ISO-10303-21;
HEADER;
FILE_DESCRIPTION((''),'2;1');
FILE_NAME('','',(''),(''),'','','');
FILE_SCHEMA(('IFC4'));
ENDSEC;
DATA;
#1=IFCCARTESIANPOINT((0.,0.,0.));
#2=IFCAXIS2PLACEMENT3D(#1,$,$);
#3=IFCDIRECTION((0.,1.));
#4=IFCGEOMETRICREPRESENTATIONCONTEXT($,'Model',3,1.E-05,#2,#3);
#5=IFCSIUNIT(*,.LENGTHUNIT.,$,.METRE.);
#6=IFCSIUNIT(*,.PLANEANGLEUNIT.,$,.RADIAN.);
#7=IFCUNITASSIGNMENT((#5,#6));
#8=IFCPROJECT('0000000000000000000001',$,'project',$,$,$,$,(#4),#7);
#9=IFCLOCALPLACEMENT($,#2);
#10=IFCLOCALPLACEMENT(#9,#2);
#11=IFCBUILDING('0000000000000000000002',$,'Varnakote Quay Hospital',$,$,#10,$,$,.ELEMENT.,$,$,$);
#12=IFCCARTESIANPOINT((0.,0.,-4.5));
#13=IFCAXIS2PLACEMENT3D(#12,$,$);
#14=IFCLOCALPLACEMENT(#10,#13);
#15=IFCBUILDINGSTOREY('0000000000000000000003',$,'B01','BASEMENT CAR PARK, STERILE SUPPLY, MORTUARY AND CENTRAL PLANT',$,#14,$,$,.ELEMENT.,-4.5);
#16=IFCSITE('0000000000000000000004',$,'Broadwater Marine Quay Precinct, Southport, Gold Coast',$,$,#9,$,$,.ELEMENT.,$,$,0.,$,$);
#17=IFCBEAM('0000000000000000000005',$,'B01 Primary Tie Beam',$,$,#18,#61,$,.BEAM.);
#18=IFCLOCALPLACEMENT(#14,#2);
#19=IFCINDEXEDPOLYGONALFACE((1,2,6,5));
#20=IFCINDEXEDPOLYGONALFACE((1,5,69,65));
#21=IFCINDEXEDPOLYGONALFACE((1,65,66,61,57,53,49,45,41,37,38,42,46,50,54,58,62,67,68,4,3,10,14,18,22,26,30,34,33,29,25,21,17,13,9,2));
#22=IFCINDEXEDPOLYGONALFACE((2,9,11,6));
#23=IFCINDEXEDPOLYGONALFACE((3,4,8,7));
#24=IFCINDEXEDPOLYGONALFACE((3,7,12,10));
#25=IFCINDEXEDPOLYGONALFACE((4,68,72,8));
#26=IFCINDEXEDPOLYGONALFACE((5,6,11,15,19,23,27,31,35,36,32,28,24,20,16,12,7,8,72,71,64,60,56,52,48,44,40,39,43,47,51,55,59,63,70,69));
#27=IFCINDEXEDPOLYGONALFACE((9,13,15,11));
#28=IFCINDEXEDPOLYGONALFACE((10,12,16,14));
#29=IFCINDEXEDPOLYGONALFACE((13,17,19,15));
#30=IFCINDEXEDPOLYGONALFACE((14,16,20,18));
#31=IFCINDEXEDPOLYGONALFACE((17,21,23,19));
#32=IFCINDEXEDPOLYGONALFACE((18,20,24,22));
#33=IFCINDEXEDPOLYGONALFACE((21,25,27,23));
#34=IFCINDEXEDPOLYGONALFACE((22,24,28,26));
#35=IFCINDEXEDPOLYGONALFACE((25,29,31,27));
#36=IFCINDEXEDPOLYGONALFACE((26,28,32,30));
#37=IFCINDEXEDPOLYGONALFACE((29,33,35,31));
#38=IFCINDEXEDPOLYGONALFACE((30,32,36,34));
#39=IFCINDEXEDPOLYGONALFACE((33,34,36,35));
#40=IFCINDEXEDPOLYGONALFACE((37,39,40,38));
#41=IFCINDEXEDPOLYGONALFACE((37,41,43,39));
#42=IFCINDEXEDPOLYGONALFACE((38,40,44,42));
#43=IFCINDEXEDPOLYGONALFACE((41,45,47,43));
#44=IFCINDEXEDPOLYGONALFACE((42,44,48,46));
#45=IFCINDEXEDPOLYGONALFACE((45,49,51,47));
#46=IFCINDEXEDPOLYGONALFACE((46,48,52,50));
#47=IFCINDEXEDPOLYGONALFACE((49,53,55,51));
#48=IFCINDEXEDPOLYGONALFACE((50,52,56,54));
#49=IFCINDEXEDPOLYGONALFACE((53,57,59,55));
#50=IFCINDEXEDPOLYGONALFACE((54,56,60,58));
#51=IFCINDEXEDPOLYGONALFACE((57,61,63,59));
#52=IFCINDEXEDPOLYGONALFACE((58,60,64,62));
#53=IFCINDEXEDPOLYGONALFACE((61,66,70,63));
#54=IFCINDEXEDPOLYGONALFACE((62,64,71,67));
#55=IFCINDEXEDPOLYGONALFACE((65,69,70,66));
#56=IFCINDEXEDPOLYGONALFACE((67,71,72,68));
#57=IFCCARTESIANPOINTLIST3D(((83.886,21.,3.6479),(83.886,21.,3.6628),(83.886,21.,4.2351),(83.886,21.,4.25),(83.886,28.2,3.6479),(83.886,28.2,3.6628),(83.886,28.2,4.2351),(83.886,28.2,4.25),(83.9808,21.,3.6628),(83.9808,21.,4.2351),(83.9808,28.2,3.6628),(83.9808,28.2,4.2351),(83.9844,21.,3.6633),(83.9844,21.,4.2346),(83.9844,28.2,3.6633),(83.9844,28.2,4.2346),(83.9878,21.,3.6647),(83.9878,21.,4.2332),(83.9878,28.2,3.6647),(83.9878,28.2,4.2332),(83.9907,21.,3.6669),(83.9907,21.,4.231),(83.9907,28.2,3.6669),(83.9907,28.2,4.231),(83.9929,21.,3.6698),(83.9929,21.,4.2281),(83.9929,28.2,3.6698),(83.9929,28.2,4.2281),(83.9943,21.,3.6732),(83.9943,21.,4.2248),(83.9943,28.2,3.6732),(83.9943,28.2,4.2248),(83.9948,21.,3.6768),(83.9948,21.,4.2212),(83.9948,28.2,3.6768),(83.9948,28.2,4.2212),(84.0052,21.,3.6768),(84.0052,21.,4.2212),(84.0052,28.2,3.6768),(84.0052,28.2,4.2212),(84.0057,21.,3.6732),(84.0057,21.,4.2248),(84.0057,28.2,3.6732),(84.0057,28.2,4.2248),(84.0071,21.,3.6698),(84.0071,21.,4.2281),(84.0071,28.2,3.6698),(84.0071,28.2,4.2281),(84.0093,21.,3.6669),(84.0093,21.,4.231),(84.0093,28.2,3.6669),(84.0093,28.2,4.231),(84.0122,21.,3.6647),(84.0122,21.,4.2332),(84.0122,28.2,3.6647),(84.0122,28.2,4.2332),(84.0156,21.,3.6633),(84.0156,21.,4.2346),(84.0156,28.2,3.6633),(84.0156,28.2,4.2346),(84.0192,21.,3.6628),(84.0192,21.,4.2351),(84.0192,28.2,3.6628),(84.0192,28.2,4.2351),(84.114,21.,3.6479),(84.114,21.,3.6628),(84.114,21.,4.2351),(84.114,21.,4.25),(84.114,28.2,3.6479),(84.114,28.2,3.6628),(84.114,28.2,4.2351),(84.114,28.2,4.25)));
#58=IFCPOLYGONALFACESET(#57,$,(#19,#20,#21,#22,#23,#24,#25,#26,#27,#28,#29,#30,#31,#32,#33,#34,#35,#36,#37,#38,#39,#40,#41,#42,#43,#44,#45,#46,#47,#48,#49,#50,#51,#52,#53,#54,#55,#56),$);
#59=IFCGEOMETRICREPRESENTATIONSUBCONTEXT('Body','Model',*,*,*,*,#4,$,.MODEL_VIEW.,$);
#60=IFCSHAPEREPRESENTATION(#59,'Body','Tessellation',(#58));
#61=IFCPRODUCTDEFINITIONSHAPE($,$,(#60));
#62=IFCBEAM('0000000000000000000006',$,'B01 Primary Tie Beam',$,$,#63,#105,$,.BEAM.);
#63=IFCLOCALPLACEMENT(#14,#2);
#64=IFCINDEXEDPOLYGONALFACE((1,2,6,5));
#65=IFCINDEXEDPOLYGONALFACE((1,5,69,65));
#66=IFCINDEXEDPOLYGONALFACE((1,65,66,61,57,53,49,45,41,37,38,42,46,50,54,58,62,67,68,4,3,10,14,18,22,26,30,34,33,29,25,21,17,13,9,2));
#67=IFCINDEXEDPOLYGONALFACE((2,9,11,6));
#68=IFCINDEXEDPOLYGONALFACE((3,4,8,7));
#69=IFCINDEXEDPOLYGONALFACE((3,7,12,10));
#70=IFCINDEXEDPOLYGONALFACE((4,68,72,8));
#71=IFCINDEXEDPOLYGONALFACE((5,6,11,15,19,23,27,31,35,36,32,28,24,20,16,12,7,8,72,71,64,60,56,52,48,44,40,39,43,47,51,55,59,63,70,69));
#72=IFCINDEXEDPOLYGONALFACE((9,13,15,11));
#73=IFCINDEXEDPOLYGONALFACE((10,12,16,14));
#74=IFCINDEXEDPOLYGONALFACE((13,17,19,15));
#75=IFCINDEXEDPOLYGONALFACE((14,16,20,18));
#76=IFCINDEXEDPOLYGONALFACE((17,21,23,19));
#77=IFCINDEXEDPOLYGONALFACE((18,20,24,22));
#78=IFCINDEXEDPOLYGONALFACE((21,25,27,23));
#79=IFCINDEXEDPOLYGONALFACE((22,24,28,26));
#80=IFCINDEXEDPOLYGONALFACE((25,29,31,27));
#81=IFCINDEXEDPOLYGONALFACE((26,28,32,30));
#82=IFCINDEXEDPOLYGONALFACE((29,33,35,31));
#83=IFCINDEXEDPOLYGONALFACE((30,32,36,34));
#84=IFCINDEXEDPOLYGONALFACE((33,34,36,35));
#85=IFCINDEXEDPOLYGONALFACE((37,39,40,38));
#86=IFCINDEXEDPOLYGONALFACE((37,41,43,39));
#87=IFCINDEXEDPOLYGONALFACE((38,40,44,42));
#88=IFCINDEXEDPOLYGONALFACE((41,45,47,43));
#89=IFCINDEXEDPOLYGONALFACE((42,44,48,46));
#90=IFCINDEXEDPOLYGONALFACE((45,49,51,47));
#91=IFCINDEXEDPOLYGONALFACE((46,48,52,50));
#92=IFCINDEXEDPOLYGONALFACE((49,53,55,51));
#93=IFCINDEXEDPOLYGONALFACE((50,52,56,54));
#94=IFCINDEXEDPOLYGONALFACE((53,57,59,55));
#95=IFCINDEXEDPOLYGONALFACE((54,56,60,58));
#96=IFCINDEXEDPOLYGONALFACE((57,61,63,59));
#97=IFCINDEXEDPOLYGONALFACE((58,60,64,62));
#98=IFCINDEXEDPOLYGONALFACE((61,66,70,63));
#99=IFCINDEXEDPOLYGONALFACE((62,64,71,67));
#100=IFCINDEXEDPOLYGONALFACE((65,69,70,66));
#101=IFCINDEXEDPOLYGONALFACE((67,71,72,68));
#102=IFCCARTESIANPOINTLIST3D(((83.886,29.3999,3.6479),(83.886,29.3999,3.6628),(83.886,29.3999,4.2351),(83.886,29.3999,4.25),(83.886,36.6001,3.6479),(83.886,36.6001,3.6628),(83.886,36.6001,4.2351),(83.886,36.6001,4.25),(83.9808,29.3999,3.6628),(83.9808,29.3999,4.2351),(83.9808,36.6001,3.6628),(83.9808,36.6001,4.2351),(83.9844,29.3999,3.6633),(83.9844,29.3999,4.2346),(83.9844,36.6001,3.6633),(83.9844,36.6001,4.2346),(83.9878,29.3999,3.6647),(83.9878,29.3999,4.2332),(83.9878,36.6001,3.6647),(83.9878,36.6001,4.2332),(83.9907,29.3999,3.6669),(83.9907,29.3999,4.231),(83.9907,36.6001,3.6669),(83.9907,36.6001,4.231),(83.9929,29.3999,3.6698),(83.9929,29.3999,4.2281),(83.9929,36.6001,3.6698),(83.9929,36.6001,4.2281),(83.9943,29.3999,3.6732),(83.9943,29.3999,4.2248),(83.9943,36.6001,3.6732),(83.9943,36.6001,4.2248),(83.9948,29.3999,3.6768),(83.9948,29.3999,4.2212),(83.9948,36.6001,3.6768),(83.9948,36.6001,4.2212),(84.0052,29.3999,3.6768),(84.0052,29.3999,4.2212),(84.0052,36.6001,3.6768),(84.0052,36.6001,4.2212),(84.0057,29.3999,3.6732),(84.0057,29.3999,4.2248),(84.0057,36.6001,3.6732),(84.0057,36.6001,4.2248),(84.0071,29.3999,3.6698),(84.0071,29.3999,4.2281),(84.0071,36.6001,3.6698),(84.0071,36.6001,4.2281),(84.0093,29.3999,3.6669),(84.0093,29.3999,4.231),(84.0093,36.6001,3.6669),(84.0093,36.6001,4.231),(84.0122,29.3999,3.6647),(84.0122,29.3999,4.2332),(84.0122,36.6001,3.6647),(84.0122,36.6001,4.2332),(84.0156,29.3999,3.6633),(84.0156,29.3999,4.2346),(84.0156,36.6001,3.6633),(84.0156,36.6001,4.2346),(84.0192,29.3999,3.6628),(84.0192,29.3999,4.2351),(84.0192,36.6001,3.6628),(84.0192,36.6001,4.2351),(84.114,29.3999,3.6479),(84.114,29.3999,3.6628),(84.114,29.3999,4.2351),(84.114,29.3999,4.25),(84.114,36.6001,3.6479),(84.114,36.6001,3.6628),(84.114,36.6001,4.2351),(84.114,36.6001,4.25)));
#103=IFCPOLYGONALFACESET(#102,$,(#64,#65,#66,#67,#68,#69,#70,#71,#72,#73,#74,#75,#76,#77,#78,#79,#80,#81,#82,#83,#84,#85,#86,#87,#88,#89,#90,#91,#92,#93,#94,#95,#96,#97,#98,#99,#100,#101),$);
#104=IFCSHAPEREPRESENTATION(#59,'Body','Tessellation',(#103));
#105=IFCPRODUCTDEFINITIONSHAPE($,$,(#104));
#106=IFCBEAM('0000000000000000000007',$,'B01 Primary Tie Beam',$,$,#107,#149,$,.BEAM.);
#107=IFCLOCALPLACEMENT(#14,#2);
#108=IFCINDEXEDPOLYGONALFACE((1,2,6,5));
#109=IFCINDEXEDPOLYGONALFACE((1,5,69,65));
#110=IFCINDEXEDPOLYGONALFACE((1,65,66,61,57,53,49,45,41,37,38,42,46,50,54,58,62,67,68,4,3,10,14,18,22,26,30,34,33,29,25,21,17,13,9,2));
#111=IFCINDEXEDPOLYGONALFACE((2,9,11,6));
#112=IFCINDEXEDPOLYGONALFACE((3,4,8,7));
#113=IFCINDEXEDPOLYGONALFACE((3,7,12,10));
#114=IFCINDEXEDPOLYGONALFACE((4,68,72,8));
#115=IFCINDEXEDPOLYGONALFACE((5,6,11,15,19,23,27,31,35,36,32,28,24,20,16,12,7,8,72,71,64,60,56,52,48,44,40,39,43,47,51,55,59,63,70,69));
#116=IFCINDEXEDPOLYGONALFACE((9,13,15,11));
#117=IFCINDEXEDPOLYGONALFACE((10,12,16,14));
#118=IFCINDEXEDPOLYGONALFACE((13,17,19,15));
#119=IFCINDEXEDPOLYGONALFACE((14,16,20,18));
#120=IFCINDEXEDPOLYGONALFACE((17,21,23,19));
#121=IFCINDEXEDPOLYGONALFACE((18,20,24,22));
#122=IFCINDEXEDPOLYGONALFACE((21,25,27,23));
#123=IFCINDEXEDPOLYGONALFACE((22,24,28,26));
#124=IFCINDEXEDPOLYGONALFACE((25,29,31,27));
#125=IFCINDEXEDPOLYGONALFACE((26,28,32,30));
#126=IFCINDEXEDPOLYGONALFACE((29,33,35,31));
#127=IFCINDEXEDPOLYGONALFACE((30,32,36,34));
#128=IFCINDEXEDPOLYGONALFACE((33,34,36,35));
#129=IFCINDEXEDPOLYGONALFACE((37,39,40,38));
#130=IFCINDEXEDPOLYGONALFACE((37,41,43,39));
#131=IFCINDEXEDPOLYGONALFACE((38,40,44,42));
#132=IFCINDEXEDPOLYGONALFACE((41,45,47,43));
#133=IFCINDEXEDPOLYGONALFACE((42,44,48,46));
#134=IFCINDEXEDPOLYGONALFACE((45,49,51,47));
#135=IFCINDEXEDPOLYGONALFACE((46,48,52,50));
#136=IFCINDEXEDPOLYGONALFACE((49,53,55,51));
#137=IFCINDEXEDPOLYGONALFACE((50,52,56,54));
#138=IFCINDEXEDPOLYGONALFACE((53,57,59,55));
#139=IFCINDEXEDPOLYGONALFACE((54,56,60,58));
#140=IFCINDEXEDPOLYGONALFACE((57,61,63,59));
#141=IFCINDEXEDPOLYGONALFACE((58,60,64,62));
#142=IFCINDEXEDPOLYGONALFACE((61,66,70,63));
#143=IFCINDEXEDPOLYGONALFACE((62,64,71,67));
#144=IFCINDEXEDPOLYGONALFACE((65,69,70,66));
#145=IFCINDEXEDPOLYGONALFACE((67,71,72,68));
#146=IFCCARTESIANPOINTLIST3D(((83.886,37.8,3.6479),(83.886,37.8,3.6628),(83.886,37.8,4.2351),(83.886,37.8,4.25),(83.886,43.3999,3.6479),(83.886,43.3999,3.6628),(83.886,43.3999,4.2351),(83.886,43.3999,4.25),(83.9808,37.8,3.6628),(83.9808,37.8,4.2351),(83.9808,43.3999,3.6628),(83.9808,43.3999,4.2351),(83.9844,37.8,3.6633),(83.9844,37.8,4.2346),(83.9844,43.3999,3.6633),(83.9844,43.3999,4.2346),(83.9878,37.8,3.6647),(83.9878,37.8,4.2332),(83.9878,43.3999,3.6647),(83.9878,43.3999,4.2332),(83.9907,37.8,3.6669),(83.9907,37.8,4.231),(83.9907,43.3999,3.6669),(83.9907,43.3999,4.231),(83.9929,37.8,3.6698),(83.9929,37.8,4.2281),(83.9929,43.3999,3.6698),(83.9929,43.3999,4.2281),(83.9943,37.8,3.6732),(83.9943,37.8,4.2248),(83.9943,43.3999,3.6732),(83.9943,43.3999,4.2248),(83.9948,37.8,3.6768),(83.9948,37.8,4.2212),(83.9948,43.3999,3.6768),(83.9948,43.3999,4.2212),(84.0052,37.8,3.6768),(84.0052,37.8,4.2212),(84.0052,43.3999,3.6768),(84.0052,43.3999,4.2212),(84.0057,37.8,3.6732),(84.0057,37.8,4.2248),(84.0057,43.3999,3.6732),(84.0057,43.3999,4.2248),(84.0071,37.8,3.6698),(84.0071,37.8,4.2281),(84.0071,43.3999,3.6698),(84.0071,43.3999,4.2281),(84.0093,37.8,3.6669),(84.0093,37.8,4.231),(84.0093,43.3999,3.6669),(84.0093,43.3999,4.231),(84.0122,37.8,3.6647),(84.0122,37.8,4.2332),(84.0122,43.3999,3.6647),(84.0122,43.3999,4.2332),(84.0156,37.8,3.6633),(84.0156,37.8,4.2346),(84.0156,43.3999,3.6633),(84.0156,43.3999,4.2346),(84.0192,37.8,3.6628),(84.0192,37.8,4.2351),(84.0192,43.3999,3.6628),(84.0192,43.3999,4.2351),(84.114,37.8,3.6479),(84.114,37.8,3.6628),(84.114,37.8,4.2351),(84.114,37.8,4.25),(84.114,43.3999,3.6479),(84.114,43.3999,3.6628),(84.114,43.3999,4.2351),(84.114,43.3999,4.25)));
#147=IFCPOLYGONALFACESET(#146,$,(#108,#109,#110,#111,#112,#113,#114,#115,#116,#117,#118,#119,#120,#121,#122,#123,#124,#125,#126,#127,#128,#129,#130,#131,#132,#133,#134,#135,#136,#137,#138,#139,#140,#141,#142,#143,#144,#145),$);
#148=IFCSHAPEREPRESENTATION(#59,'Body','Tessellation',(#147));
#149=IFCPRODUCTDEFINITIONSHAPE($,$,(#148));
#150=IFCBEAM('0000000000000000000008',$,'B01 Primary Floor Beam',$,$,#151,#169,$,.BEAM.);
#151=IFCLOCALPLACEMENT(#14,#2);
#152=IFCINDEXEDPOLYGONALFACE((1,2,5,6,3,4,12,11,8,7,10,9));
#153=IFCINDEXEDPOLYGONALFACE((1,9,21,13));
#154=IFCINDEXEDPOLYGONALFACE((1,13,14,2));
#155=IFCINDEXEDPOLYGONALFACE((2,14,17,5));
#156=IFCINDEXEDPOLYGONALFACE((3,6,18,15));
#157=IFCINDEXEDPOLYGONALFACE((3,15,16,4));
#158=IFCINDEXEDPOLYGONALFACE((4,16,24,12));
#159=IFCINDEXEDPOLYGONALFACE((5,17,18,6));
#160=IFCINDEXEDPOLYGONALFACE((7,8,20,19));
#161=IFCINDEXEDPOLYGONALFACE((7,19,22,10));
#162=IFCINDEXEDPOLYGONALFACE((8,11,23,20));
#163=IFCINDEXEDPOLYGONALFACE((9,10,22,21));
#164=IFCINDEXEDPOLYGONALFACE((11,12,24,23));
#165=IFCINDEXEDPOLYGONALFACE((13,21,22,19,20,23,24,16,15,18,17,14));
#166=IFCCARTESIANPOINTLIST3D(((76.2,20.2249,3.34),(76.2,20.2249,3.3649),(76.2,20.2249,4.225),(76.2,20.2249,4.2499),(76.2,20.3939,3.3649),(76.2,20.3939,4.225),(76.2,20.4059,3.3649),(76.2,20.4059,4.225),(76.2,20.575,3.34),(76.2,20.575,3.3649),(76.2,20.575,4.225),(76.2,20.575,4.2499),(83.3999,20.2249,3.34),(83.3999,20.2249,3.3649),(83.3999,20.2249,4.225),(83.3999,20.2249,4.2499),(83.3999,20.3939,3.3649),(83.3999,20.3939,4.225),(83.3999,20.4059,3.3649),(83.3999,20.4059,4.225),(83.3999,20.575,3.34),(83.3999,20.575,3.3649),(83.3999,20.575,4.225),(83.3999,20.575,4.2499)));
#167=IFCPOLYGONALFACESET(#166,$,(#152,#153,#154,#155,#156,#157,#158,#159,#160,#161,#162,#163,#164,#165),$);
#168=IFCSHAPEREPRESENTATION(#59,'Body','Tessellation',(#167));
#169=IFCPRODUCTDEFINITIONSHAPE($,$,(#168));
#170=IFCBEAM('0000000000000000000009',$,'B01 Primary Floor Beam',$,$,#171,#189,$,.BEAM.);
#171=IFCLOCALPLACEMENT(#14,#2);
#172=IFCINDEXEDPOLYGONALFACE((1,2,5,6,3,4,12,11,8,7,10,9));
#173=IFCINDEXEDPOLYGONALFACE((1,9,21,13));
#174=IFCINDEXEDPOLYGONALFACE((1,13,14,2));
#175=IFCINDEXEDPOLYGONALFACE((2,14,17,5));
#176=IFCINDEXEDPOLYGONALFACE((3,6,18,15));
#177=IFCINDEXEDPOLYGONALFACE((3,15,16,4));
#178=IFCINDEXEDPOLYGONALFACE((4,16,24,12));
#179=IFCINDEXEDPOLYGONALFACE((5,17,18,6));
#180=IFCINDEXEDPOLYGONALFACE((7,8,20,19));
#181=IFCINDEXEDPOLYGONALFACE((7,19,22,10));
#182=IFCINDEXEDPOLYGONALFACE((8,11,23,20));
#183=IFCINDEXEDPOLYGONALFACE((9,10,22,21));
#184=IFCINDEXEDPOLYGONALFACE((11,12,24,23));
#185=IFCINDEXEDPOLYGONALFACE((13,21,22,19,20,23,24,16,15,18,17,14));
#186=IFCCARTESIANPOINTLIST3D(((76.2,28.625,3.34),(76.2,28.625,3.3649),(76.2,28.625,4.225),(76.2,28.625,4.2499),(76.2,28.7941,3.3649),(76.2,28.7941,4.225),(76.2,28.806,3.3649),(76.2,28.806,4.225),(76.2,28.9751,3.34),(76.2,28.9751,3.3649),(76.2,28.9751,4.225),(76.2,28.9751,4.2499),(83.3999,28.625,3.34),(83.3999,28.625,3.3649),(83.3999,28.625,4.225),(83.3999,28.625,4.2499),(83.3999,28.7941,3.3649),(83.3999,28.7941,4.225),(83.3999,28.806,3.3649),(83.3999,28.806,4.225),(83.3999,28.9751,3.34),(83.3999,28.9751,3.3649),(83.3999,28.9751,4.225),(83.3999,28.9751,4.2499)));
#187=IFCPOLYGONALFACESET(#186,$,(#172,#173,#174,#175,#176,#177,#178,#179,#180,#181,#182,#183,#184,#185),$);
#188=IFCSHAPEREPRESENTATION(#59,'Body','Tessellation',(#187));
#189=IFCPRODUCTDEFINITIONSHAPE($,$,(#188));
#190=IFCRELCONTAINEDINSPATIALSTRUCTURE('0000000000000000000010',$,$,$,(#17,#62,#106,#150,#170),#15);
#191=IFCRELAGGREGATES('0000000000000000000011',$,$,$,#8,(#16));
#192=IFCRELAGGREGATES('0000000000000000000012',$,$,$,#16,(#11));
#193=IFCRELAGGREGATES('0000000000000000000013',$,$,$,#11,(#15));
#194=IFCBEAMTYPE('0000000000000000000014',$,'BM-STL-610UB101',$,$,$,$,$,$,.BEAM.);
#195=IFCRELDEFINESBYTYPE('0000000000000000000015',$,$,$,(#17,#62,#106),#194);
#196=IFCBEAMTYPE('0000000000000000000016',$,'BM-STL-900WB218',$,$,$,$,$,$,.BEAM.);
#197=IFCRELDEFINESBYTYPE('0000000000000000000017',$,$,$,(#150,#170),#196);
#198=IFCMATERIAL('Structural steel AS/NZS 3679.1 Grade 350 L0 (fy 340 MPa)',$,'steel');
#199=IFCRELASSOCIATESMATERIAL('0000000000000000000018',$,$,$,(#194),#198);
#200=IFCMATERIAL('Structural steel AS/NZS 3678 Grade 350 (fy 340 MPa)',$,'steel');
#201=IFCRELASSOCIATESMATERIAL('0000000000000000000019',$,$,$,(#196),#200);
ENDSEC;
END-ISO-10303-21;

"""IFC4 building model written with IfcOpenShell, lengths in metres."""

from ifc_helpers import new_model, si_unit, direction, frame, origin, origin_2d, place, context, subcontext, project, spatial, i_section, extrude, material, material_profile, profile_set, type_object, element, save


model = new_model("IFC4")

# Units and contexts
model_context = context("Model", 3, precision=1e-05, world=origin(), true_north=direction((0.0, 1.0)))
body_context = subcontext(model_context, "Body", "Model", "MODEL_VIEW")
ifc_project = project(units=[si_unit("LENGTHUNIT", "METRE"), si_unit("PLANEANGLEUNIT", "RADIAN")], contexts=[model_context])

# Site, building, storey
site_placement = place(None, origin())
site = spatial("IfcSite", under=ifc_project, at=site_placement, Name="Broadwater Marine Quay Precinct, Southport, Gold Coast", CompositionType="ELEMENT", RefElevation=0.0)
building_placement = place(site_placement, origin())
building = spatial("IfcBuilding", under=site, at=building_placement, Name="Varnakote Quay Hospital", CompositionType="ELEMENT")
storey_placement = place(building_placement, frame((0.0, 0.0, -4.5)))
storey = spatial("IfcBuildingStorey", under=building, at=storey_placement, Name="B01", Description="BASEMENT CAR PARK, STERILE SUPPLY, MORTUARY AND CENTRAL PLANT", CompositionType="ELEMENT", Elevation=-4.5)

# Beams
ifc_material_1 = material(Name="Structural steel AS/NZS 3679.1 Grade 350 L0 (fy 340 MPa)", Category="steel")
ifc_material_profile_1 = material_profile(ifc_material_1, i_section(OverallWidth=0.228, OverallDepth=0.6021, WebThickness=0.0105, FlangeThickness=0.0149, FilletRadius=0.0139, at=origin_2d()), Name="610UB101")
ifc_profile_set_1 = profile_set([ifc_material_profile_1], Name="Structural steel AS/NZS 3679.1 Grade 350 L0 (fy 340 MPa)")
beam_type_1 = type_object("IfcBeamType", Name="BM-STL-610UB101", PredefinedType="BEAM", material=ifc_profile_set_1)
beam_1_placement = place(storey_placement, frame((84.0, 21.0, 3.949), z_axis=(0.0, 1.0, 0.0), x_axis=(-1.0, 0.0, 0.0)))
element("IfcBeam", 1, at=beam_1_placement, inside=storey, type_object=beam_type_1, Name="B01 Primary Tie Beam", PredefinedType="BEAM", context=body_context, shape_type="SweptSolid", body=[
    extrude(i_section(OverallWidth=0.228, OverallDepth=0.6021, WebThickness=0.0105, FlangeThickness=0.0149, FilletRadius=0.0139, at=origin_2d()), origin(), (0.0, 0.0, 1.0), 7.2),
])
beam_2_placement = place(storey_placement, frame((84.0, 29.3999, 3.949), z_axis=(0.0, 1.0, 0.0), x_axis=(-1.0, 0.0, 0.0)))
element("IfcBeam", 2, at=beam_2_placement, inside=storey, type_object=beam_type_1, Name="B01 Primary Tie Beam", PredefinedType="BEAM", context=body_context, shape_type="SweptSolid", body=[
    extrude(i_section(OverallWidth=0.228, OverallDepth=0.6021, WebThickness=0.0105, FlangeThickness=0.0149, FilletRadius=0.0139, at=origin_2d()), origin(), (0.0, 0.0, 1.0), 7.2002),
])
beam_3_placement = place(storey_placement, frame((84.0, 37.8, 3.949), z_axis=(0.0, 1.0, 0.0), x_axis=(-1.0, 0.0, 0.0)))
element("IfcBeam", 3, at=beam_3_placement, inside=storey, type_object=beam_type_1, Name="B01 Primary Tie Beam", PredefinedType="BEAM", context=body_context, shape_type="SweptSolid", body=[
    extrude(i_section(OverallWidth=0.228, OverallDepth=0.6021, WebThickness=0.0105, FlangeThickness=0.0149, FilletRadius=0.0139, at=origin_2d()), origin(), (0.0, 0.0, 1.0), 5.5999),
])
ifc_material_2 = material(Name="Structural steel AS/NZS 3678 Grade 350 (fy 340 MPa)", Category="steel")
ifc_material_profile_2 = material_profile(ifc_material_2, i_section(OverallWidth=0.3501, OverallDepth=0.9099, WebThickness=0.012, FlangeThickness=0.0249, at=origin_2d()), Name="900WB218")
ifc_profile_set_2 = profile_set([ifc_material_profile_2], Name="Structural steel AS/NZS 3678 Grade 350 (fy 340 MPa)")
beam_type_2 = type_object("IfcBeamType", Name="BM-STL-900WB218", PredefinedType="BEAM", material=ifc_profile_set_2)
for number, where, z_axis, x_axis, name in (
    (4, (76.2, 20.3999, 3.7949), (1.0, 0.0, 0.0), (0.0, 1.0, 0.0), "B01 Primary Floor Beam"),
    (5, (76.2, 28.8, 3.7949), (1.0, 0.0, 0.0), (0.0, 1.0, 0.0), "B01 Primary Floor Beam"),
):
    element("IfcBeam", number, at=place(storey_placement, frame(where, z_axis=z_axis, x_axis=x_axis)), inside=storey, type_object=beam_type_2, Name=name, PredefinedType="BEAM", context=body_context, shape_type="SweptSolid", body=[
        extrude(i_section(OverallWidth=0.3501, OverallDepth=0.9099, WebThickness=0.012, FlangeThickness=0.0249, at=origin_2d()), origin(), (0.0, 0.0, 1.0), 7.2),
    ])

save(model, "model.ifc")
